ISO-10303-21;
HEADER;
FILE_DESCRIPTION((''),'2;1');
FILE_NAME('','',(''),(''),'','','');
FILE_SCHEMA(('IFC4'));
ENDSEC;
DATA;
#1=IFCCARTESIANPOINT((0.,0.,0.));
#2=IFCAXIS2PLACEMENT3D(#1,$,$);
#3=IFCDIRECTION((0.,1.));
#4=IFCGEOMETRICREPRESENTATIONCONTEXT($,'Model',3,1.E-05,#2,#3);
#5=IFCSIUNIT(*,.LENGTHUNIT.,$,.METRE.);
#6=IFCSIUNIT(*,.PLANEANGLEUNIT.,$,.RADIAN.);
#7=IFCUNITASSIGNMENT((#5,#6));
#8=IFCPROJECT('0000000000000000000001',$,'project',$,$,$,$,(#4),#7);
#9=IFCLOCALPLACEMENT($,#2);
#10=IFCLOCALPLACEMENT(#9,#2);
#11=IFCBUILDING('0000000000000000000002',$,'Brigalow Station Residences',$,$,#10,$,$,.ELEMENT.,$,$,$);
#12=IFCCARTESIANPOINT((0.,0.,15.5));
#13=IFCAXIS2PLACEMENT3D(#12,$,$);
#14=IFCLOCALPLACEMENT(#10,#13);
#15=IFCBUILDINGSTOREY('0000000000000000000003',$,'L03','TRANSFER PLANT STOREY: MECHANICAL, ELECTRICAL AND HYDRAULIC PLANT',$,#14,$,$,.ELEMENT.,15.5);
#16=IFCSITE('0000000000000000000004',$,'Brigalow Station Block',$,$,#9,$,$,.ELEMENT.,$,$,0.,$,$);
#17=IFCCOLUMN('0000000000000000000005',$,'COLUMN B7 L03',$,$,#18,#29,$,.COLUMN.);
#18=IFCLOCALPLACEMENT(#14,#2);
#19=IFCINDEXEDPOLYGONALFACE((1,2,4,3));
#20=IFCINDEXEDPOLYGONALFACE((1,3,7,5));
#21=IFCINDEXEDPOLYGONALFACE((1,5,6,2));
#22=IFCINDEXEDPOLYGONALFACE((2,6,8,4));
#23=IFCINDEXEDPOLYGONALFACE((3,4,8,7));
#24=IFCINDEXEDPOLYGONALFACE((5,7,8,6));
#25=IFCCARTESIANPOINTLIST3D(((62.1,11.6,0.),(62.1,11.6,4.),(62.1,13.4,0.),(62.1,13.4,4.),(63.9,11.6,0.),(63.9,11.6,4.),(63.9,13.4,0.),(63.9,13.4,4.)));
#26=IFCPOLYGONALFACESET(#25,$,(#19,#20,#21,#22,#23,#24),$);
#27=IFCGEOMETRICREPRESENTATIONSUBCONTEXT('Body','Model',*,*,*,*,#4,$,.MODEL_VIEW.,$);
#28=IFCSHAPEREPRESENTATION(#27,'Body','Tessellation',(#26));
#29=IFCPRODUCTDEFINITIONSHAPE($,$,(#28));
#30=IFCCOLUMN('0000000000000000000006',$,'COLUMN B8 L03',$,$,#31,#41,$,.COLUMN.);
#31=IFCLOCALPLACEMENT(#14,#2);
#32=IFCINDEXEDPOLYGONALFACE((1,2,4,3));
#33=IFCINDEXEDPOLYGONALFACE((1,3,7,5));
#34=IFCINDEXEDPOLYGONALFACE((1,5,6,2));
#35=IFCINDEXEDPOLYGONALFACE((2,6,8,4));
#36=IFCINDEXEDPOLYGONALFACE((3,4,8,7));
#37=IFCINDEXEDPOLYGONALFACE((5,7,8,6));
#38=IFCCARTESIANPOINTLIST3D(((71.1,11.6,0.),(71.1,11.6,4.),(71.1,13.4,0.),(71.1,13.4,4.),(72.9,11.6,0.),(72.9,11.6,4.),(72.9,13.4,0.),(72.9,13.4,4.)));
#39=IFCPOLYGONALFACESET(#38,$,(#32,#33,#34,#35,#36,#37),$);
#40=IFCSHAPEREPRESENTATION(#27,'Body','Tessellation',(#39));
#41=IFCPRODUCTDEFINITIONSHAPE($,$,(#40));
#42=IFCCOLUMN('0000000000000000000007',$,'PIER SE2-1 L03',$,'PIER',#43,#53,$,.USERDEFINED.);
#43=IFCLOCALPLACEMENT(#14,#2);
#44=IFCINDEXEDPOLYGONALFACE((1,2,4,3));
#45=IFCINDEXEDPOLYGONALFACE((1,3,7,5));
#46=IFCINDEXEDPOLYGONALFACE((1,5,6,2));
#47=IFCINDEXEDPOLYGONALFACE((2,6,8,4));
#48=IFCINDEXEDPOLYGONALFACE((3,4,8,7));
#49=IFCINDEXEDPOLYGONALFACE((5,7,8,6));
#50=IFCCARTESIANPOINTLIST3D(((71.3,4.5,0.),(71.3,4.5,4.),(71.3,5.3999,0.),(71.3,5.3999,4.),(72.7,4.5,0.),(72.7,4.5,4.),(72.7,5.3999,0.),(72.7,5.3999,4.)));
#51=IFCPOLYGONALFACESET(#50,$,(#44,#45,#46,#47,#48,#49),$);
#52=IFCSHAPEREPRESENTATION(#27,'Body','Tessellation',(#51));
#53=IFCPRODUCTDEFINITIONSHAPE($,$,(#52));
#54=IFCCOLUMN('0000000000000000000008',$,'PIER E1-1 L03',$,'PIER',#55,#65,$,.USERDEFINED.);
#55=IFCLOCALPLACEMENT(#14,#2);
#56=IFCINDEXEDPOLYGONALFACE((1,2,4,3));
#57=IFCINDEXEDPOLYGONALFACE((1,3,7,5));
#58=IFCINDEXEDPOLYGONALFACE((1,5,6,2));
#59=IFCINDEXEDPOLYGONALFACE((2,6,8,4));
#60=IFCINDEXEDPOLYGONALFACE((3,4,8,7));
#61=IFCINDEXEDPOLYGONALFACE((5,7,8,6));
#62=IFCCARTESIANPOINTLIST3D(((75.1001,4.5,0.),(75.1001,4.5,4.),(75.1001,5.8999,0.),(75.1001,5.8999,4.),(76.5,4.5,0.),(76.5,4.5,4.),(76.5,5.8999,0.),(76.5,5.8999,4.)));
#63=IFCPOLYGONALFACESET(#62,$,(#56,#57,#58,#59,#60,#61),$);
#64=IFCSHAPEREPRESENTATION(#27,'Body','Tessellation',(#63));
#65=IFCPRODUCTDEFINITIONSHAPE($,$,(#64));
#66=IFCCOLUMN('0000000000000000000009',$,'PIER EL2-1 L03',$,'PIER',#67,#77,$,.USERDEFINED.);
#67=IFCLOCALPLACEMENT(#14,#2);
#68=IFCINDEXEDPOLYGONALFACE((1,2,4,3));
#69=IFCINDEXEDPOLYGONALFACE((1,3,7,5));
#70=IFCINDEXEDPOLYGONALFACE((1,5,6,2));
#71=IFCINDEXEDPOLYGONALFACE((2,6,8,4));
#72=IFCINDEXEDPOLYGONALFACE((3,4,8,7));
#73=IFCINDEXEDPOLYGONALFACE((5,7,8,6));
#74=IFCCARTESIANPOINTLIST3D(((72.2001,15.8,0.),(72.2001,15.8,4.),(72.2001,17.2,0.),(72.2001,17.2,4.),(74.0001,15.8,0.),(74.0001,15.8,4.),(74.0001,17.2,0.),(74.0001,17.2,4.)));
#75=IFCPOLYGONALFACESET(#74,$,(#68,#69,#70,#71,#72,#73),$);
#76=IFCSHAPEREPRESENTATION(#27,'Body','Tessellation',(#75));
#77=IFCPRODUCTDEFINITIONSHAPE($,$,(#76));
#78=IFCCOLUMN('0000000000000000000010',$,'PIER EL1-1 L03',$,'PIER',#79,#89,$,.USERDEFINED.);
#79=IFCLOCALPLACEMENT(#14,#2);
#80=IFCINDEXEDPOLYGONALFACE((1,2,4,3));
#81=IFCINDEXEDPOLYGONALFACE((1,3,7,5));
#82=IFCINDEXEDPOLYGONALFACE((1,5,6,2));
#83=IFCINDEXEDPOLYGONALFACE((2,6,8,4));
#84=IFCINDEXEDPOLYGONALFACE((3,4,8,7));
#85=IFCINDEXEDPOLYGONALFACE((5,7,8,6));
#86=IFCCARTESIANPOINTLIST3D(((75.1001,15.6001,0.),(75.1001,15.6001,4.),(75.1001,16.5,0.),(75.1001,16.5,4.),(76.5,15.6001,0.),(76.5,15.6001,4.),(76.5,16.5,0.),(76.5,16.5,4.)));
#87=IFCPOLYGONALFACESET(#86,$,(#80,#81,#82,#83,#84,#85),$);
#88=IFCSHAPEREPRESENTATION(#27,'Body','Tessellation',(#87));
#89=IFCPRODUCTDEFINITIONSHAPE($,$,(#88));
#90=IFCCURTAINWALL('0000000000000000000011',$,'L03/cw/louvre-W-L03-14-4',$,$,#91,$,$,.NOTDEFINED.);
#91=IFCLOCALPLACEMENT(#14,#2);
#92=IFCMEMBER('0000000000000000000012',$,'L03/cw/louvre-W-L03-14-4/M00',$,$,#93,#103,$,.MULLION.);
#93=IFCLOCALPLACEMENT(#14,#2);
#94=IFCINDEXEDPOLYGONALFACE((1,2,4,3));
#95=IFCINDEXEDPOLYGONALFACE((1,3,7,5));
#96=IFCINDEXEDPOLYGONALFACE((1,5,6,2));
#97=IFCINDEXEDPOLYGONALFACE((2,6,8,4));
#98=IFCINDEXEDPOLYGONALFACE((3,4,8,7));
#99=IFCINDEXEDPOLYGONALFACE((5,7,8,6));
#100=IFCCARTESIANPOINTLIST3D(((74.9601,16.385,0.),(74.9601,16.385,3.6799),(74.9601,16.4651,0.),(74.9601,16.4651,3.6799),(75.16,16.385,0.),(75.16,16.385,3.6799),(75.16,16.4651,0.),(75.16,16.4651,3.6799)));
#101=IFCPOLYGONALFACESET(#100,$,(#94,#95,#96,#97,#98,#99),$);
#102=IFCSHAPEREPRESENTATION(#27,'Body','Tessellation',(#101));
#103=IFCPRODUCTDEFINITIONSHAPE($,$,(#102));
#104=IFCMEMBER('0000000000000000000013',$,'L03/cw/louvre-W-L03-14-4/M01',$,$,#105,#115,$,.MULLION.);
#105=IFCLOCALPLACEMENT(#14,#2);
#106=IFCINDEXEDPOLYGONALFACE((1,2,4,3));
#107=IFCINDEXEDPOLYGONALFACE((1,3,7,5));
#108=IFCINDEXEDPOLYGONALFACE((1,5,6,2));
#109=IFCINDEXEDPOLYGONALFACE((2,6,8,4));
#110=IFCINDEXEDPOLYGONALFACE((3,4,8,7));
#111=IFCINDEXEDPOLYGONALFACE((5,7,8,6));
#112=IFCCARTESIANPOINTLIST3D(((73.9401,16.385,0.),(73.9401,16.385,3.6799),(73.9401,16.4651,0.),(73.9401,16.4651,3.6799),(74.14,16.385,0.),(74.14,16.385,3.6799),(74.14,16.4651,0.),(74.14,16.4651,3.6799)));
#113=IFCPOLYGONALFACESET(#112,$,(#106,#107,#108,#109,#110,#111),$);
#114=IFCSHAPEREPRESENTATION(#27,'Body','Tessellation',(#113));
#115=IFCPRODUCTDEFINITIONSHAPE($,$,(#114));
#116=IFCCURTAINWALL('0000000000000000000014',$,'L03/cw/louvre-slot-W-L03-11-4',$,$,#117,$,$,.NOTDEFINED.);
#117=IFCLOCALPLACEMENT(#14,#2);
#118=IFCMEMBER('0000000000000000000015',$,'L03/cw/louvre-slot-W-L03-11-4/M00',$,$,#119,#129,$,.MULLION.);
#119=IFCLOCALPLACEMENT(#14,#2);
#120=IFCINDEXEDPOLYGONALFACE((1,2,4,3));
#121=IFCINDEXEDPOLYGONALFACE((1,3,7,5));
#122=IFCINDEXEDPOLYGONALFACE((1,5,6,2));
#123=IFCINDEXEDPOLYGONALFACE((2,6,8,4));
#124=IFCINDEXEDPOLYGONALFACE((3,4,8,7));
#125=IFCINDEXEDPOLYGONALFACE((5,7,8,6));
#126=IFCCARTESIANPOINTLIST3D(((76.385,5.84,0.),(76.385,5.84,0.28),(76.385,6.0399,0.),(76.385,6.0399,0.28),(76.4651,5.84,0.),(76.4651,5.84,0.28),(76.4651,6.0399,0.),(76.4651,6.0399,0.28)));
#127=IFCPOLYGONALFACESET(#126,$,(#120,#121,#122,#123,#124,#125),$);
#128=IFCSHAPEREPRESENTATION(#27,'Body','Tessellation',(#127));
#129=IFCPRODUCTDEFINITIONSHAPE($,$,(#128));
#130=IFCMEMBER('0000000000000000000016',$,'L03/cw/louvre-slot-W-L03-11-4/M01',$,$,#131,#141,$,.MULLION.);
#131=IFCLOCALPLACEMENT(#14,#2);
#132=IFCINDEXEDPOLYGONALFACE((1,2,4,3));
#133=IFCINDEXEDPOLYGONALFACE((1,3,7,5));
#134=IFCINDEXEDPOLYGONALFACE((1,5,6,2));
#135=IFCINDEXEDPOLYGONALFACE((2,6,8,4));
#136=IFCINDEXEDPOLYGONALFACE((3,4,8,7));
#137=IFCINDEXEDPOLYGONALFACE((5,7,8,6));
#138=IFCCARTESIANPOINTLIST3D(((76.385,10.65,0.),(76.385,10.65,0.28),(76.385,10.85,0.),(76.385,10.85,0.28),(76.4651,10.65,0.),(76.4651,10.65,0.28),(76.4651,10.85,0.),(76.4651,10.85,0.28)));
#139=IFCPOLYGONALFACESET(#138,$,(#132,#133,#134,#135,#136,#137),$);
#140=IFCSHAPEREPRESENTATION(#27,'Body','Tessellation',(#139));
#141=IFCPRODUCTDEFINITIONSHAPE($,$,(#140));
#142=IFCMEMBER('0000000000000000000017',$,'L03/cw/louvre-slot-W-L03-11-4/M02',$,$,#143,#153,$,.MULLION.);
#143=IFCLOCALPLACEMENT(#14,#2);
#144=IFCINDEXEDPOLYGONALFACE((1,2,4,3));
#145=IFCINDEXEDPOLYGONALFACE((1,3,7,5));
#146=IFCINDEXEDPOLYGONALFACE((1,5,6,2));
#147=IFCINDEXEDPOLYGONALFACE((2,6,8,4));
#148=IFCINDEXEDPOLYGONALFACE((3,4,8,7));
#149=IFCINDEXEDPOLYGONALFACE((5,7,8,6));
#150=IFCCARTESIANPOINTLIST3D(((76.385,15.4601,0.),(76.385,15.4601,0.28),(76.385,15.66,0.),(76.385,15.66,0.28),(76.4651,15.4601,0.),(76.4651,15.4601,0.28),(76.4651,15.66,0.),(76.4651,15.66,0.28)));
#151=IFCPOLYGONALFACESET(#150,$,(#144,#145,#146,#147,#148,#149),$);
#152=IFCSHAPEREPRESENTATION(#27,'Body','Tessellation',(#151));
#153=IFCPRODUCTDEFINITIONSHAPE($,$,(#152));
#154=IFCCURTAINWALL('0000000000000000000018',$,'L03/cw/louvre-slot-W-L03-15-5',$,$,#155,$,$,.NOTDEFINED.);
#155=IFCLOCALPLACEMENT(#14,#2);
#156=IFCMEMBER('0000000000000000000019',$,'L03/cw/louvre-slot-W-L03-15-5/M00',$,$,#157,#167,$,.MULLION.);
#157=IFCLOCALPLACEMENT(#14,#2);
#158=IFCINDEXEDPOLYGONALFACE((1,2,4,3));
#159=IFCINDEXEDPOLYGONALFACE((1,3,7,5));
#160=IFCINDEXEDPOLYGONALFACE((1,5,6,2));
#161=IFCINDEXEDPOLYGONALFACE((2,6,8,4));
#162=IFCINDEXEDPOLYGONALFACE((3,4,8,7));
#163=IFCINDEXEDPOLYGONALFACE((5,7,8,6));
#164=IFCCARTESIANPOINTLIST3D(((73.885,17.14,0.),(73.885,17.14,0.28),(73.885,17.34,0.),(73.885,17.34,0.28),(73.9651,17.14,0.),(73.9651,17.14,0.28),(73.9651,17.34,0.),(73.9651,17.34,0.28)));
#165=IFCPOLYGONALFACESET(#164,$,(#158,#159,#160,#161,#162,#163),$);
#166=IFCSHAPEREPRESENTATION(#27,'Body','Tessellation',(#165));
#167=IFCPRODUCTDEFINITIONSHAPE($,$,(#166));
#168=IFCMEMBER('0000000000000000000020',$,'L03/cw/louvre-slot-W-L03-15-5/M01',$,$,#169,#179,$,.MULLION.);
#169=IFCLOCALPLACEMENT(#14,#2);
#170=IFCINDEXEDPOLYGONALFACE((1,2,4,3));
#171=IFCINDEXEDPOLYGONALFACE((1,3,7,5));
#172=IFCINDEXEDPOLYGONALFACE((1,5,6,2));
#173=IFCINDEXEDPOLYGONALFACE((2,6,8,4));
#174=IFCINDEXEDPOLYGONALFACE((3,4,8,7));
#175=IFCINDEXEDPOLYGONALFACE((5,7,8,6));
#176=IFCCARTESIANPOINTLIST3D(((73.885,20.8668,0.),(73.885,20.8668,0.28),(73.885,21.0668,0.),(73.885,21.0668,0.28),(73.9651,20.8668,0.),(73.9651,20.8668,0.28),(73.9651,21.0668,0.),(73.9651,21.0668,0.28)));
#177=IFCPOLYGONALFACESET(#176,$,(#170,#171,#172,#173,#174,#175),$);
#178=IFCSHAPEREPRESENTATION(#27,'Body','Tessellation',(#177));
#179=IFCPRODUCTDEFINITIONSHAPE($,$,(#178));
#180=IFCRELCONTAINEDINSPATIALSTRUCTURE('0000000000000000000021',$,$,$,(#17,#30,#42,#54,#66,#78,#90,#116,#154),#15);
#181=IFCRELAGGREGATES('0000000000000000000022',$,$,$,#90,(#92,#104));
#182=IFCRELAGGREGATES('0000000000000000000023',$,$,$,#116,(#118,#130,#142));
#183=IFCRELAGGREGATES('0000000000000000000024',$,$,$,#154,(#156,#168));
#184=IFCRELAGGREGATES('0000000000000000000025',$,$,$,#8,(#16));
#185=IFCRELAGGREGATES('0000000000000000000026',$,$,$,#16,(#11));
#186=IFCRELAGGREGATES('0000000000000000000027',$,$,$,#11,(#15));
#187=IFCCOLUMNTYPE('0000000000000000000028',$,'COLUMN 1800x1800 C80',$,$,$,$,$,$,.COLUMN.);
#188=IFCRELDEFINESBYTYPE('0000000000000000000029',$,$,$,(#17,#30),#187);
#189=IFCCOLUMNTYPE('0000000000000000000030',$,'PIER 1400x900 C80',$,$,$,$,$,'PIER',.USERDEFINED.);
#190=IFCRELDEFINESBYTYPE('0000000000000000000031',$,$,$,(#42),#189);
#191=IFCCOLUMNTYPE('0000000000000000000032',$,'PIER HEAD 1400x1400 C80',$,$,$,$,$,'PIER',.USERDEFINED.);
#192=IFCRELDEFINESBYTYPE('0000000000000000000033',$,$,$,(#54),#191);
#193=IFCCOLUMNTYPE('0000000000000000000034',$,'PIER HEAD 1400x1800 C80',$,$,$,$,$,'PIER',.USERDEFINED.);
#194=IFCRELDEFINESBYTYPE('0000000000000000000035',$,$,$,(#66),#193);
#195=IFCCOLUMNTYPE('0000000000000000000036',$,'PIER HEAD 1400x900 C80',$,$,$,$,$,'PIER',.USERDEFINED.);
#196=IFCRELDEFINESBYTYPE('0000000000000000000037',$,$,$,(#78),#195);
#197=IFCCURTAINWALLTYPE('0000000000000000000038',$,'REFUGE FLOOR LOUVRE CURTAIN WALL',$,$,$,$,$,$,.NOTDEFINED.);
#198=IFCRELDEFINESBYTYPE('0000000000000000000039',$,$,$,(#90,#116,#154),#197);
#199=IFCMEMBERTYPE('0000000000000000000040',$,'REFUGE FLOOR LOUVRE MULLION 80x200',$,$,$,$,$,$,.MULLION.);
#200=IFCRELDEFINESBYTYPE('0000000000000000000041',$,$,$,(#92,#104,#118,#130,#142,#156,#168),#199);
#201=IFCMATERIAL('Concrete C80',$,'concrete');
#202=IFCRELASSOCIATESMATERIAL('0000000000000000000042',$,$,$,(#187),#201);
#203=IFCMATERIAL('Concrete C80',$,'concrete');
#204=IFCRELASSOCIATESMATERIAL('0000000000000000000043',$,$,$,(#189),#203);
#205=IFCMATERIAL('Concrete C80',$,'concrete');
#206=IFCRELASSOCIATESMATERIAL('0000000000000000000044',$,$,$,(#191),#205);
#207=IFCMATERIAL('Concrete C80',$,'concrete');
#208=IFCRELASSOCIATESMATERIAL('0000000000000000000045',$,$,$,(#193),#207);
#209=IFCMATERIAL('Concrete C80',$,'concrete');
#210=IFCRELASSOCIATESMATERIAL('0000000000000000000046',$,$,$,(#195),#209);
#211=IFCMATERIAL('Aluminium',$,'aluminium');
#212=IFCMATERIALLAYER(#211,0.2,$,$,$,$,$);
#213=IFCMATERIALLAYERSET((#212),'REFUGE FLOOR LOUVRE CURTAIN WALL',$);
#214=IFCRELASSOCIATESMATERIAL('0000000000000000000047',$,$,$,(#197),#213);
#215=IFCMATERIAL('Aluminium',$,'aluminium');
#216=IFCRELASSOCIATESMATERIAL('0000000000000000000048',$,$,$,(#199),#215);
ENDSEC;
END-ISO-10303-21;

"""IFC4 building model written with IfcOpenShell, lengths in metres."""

from ifc_helpers import new_model, si_unit, direction, frame, origin, origin_2d, place, context, subcontext, project, spatial, rectangle, extrude, material, layer, layer_set, material_profile, profile_set, type_object, element, aggregate, save


model = new_model("IFC4")

# Units and contexts
model_context = context("Model", 3, precision=1e-05, world=origin(), true_north=direction((0.0, 1.0)))
body_context = subcontext(model_context, "Body", "Model", "MODEL_VIEW")
ifc_project = project(units=[si_unit("LENGTHUNIT", "METRE"), si_unit("PLANEANGLEUNIT", "RADIAN")], contexts=[model_context])

# Site, building, storey
site_placement = place(None, origin())
site = spatial("IfcSite", under=ifc_project, at=site_placement, Name="Brigalow Station Block", CompositionType="ELEMENT", RefElevation=0.0)
building_placement = place(site_placement, origin())
building = spatial("IfcBuilding", under=site, at=building_placement, Name="Brigalow Station Residences", CompositionType="ELEMENT")
storey_placement = place(building_placement, frame((0.0, 0.0, 15.5)))
storey = spatial("IfcBuildingStorey", under=building, at=storey_placement, Name="L03", Description="TRANSFER PLANT STOREY: MECHANICAL, ELECTRICAL AND HYDRAULIC PLANT", CompositionType="ELEMENT", Elevation=15.5)

# Columns
ifc_material_1 = material(Name="Concrete C80", Category="concrete")
ifc_material_profile_1 = material_profile(ifc_material_1, rectangle(XDim=1.8, YDim=1.8, at=origin_2d()), Name="RC1800x1800")
ifc_profile_set_1 = profile_set([ifc_material_profile_1], Name="Concrete C80")
column_type_1 = type_object("IfcColumnType", Name="COLUMN 1800x1800 C80", PredefinedType="COLUMN", material=ifc_profile_set_1)
for number, where, z_axis, x_axis, name in (
    (1, (63.0, 12.5, 0.0), (0.0, 0.0, 1.0), (1.0, 0.0, 0.0), "COLUMN B7 L03"),
    (2, (72.0, 12.5, 0.0), (0.0, 0.0, 1.0), (1.0, 0.0, 0.0), "COLUMN B8 L03"),
):
    element("IfcColumn", number, at=place(storey_placement, frame(where, z_axis=z_axis, x_axis=x_axis)), inside=storey, type_object=column_type_1, Name=name, PredefinedType="COLUMN", context=body_context, shape_type="SweptSolid", body=[
        extrude(rectangle(XDim=1.8, YDim=1.8, at=origin_2d()), origin(), (0.0, 0.0, 1.0), 4.0),
    ])
ifc_material_2 = material(Name="Concrete C80", Category="concrete")
ifc_material_profile_2 = material_profile(ifc_material_2, rectangle(XDim=1.3999, YDim=0.8999, at=origin_2d()), Name="RC1400x900")
ifc_profile_set_2 = profile_set([ifc_material_profile_2], Name="Concrete C80")
column_type_2 = type_object("IfcColumnType", Name="PIER 1400x900 C80", ElementType="PIER", PredefinedType="USERDEFINED", material=ifc_profile_set_2)
column_1_placement = place(storey_placement, frame((72.0, 4.95, 0.0), z_axis=(0.0, 0.0, 1.0), x_axis=(1.0, 0.0, 0.0)))
element("IfcColumn", 3, at=column_1_placement, inside=storey, type_object=column_type_2, Name="PIER SE2-1 L03", ObjectType="PIER", PredefinedType="USERDEFINED", context=body_context, shape_type="SweptSolid", body=[
    extrude(rectangle(XDim=1.3999, YDim=0.8999, at=origin_2d()), origin(), (0.0, 0.0, 1.0), 4.0),
])
ifc_material_3 = material(Name="Concrete C80", Category="concrete")
ifc_material_profile_3 = material_profile(ifc_material_3, rectangle(XDim=1.3999, YDim=1.3999, at=origin_2d()), Name="RC1400x1400")
ifc_profile_set_3 = profile_set([ifc_material_profile_3], Name="Concrete C80")
column_type_3 = type_object("IfcColumnType", Name="PIER HEAD 1400x1400 C80", ElementType="PIER", PredefinedType="USERDEFINED", material=ifc_profile_set_3)
column_2_placement = place(storey_placement, frame((75.8, 5.2, 0.0), z_axis=(0.0, 0.0, 1.0), x_axis=(0.0, 1.0, 0.0)))
element("IfcColumn", 4, at=column_2_placement, inside=storey, type_object=column_type_3, Name="PIER E1-1 L03", ObjectType="PIER", PredefinedType="USERDEFINED", context=body_context, shape_type="SweptSolid", body=[
    extrude(rectangle(XDim=1.3999, YDim=1.3999, at=origin_2d()), origin(), (0.0, 0.0, 1.0), 4.0),
])
ifc_material_4 = material(Name="Concrete C80", Category="concrete")
ifc_material_profile_4 = material_profile(ifc_material_4, rectangle(XDim=1.3999, YDim=1.8, at=origin_2d()), Name="RC1400x1800")
ifc_profile_set_4 = profile_set([ifc_material_profile_4], Name="Concrete C80")
column_type_4 = type_object("IfcColumnType", Name="PIER HEAD 1400x1800 C80", ElementType="PIER", PredefinedType="USERDEFINED", material=ifc_profile_set_4)
column_3_placement = place(storey_placement, frame((73.1001, 16.5, 0.0), z_axis=(0.0, 0.0, 1.0), x_axis=(0.0, 1.0, 0.0)))
element("IfcColumn", 5, at=column_3_placement, inside=storey, type_object=column_type_4, Name="PIER EL2-1 L03", ObjectType="PIER", PredefinedType="USERDEFINED", context=body_context, shape_type="SweptSolid", body=[
    extrude(rectangle(XDim=1.3999, YDim=1.8, at=origin_2d()), origin(), (0.0, 0.0, 1.0), 4.0),
])
ifc_material_5 = material(Name="Concrete C80", Category="concrete")
ifc_material_profile_5 = material_profile(ifc_material_5, rectangle(XDim=1.3999, YDim=0.8999, at=origin_2d()), Name="RC1400x900")
ifc_profile_set_5 = profile_set([ifc_material_profile_5], Name="Concrete C80")
column_type_5 = type_object("IfcColumnType", Name="PIER HEAD 1400x900 C80", ElementType="PIER", PredefinedType="USERDEFINED", material=ifc_profile_set_5)
column_4_placement = place(storey_placement, frame((75.8, 16.05, 0.0), z_axis=(0.0, 0.0, 1.0), x_axis=(-1.0, 0.0, 0.0)))
element("IfcColumn", 6, at=column_4_placement, inside=storey, type_object=column_type_5, Name="PIER EL1-1 L03", ObjectType="PIER", PredefinedType="USERDEFINED", context=body_context, shape_type="SweptSolid", body=[
    extrude(rectangle(XDim=1.3999, YDim=0.8999, at=origin_2d()), origin(), (0.0, 0.0, 1.0), 4.0),
])

# Curtain walls, members
ifc_material_6 = material(Name="Aluminium", Category="aluminium")
ifc_layer_1 = layer(ifc_material_6, 0.2)
ifc_layer_set_1 = layer_set([ifc_layer_1], Name="REFUGE FLOOR LOUVRE CURTAIN WALL")
curtain_wall_type = type_object("IfcCurtainWallType", Name="REFUGE FLOOR LOUVRE CURTAIN WALL", PredefinedType="NOTDEFINED", material=ifc_layer_set_1)
curtain_wall_1_placement = place(storey_placement, origin())
curtain_wall_1 = element("IfcCurtainWall", 7, at=curtain_wall_1_placement, inside=storey, type_object=curtain_wall_type, Name="L03/cw/louvre-W-L03-14-4", PredefinedType="NOTDEFINED")
ifc_material_7 = material(Name="Aluminium", Category="aluminium")
ifc_material_profile_6 = material_profile(ifc_material_7, rectangle(XDim=0.0801, YDim=0.2, at=origin_2d()), Name="REFUGE FLOOR LOUVRE MULLION 80x200")
ifc_profile_set_6 = profile_set([ifc_material_profile_6], Name="Aluminium")
member_type_1 = type_object("IfcMemberType", Name="REFUGE FLOOR LOUVRE MULLION 80x200", PredefinedType="MULLION", material=ifc_profile_set_6)
member_1_placement = place(storey_placement, frame((75.0601, 16.425, 0.0), z_axis=(0.0, 0.0, 1.0), x_axis=(0.0, -1.0, 0.0)))
member_1 = element("IfcMember", 8, at=member_1_placement, type_object=member_type_1, Name="L03/cw/louvre-W-L03-14-4/M00", PredefinedType="MULLION", context=body_context, shape_type="SweptSolid", body=[
    extrude(rectangle(XDim=0.0801, YDim=0.2, at=origin_2d()), origin(), (0.0, 0.0, 1.0), 3.6799),
])
member_2_placement = place(storey_placement, frame((74.04, 16.425, 0.0), z_axis=(0.0, 0.0, 1.0), x_axis=(0.0, -1.0, 0.0)))
member_2 = element("IfcMember", 9, at=member_2_placement, type_object=member_type_1, Name="L03/cw/louvre-W-L03-14-4/M01", PredefinedType="MULLION", context=body_context, shape_type="SweptSolid", body=[
    extrude(rectangle(XDim=0.0801, YDim=0.2, at=origin_2d()), origin(), (0.0, 0.0, 1.0), 3.6799),
])
curtain_wall_2_placement = place(storey_placement, origin())
curtain_wall_2 = element("IfcCurtainWall", 10, at=curtain_wall_2_placement, inside=storey, type_object=curtain_wall_type, Name="L03/cw/louvre-slot-W-L03-11-4", PredefinedType="NOTDEFINED")
member_3_placement = place(storey_placement, frame((76.425, 5.9399, 0.0), z_axis=(0.0, 0.0, 1.0), x_axis=(-1.0, 0.0, 0.0)))
member_3 = element("IfcMember", 11, at=member_3_placement, type_object=member_type_1, Name="L03/cw/louvre-slot-W-L03-11-4/M00", PredefinedType="MULLION", context=body_context, shape_type="SweptSolid", body=[
    extrude(rectangle(XDim=0.0801, YDim=0.2, at=origin_2d()), origin(), (0.0, 0.0, 1.0), 0.28),
])
member_4_placement = place(storey_placement, frame((76.425, 10.75, 0.0), z_axis=(0.0, 0.0, 1.0), x_axis=(-1.0, 0.0, 0.0)))
member_4 = element("IfcMember", 12, at=member_4_placement, type_object=member_type_1, Name="L03/cw/louvre-slot-W-L03-11-4/M01", PredefinedType="MULLION", context=body_context, shape_type="SweptSolid", body=[
    extrude(rectangle(XDim=0.0801, YDim=0.2, at=origin_2d()), origin(), (0.0, 0.0, 1.0), 0.28),
])
member_5_placement = place(storey_placement, frame((76.425, 15.5601, 0.0), z_axis=(0.0, 0.0, 1.0), x_axis=(-1.0, 0.0, 0.0)))
member_5 = element("IfcMember", 13, at=member_5_placement, type_object=member_type_1, Name="L03/cw/louvre-slot-W-L03-11-4/M02", PredefinedType="MULLION", context=body_context, shape_type="SweptSolid", body=[
    extrude(rectangle(XDim=0.0801, YDim=0.2, at=origin_2d()), origin(), (0.0, 0.0, 1.0), 0.28),
])
curtain_wall_3_placement = place(storey_placement, origin())
curtain_wall_3 = element("IfcCurtainWall", 14, at=curtain_wall_3_placement, inside=storey, type_object=curtain_wall_type, Name="L03/cw/louvre-slot-W-L03-15-5", PredefinedType="NOTDEFINED")
member_6_placement = place(storey_placement, frame((73.925, 17.24, 0.0), z_axis=(0.0, 0.0, 1.0), x_axis=(-1.0, 0.0, 0.0)))
member_6 = element("IfcMember", 15, at=member_6_placement, type_object=member_type_1, Name="L03/cw/louvre-slot-W-L03-15-5/M00", PredefinedType="MULLION", context=body_context, shape_type="SweptSolid", body=[
    extrude(rectangle(XDim=0.0801, YDim=0.2, at=origin_2d()), origin(), (0.0, 0.0, 1.0), 0.28),
])
member_7_placement = place(storey_placement, frame((73.925, 20.9668, 0.0), z_axis=(0.0, 0.0, 1.0), x_axis=(-1.0, 0.0, 0.0)))
member_7 = element("IfcMember", 16, at=member_7_placement, type_object=member_type_1, Name="L03/cw/louvre-slot-W-L03-15-5/M01", PredefinedType="MULLION", context=body_context, shape_type="SweptSolid", body=[
    extrude(rectangle(XDim=0.0801, YDim=0.2, at=origin_2d()), origin(), (0.0, 0.0, 1.0), 0.28),
])

aggregate(curtain_wall_1, [member_1, member_2])
aggregate(curtain_wall_2, [member_3, member_4, member_5])
aggregate(curtain_wall_3, [member_6, member_7])

save(model, "model.ifc")
